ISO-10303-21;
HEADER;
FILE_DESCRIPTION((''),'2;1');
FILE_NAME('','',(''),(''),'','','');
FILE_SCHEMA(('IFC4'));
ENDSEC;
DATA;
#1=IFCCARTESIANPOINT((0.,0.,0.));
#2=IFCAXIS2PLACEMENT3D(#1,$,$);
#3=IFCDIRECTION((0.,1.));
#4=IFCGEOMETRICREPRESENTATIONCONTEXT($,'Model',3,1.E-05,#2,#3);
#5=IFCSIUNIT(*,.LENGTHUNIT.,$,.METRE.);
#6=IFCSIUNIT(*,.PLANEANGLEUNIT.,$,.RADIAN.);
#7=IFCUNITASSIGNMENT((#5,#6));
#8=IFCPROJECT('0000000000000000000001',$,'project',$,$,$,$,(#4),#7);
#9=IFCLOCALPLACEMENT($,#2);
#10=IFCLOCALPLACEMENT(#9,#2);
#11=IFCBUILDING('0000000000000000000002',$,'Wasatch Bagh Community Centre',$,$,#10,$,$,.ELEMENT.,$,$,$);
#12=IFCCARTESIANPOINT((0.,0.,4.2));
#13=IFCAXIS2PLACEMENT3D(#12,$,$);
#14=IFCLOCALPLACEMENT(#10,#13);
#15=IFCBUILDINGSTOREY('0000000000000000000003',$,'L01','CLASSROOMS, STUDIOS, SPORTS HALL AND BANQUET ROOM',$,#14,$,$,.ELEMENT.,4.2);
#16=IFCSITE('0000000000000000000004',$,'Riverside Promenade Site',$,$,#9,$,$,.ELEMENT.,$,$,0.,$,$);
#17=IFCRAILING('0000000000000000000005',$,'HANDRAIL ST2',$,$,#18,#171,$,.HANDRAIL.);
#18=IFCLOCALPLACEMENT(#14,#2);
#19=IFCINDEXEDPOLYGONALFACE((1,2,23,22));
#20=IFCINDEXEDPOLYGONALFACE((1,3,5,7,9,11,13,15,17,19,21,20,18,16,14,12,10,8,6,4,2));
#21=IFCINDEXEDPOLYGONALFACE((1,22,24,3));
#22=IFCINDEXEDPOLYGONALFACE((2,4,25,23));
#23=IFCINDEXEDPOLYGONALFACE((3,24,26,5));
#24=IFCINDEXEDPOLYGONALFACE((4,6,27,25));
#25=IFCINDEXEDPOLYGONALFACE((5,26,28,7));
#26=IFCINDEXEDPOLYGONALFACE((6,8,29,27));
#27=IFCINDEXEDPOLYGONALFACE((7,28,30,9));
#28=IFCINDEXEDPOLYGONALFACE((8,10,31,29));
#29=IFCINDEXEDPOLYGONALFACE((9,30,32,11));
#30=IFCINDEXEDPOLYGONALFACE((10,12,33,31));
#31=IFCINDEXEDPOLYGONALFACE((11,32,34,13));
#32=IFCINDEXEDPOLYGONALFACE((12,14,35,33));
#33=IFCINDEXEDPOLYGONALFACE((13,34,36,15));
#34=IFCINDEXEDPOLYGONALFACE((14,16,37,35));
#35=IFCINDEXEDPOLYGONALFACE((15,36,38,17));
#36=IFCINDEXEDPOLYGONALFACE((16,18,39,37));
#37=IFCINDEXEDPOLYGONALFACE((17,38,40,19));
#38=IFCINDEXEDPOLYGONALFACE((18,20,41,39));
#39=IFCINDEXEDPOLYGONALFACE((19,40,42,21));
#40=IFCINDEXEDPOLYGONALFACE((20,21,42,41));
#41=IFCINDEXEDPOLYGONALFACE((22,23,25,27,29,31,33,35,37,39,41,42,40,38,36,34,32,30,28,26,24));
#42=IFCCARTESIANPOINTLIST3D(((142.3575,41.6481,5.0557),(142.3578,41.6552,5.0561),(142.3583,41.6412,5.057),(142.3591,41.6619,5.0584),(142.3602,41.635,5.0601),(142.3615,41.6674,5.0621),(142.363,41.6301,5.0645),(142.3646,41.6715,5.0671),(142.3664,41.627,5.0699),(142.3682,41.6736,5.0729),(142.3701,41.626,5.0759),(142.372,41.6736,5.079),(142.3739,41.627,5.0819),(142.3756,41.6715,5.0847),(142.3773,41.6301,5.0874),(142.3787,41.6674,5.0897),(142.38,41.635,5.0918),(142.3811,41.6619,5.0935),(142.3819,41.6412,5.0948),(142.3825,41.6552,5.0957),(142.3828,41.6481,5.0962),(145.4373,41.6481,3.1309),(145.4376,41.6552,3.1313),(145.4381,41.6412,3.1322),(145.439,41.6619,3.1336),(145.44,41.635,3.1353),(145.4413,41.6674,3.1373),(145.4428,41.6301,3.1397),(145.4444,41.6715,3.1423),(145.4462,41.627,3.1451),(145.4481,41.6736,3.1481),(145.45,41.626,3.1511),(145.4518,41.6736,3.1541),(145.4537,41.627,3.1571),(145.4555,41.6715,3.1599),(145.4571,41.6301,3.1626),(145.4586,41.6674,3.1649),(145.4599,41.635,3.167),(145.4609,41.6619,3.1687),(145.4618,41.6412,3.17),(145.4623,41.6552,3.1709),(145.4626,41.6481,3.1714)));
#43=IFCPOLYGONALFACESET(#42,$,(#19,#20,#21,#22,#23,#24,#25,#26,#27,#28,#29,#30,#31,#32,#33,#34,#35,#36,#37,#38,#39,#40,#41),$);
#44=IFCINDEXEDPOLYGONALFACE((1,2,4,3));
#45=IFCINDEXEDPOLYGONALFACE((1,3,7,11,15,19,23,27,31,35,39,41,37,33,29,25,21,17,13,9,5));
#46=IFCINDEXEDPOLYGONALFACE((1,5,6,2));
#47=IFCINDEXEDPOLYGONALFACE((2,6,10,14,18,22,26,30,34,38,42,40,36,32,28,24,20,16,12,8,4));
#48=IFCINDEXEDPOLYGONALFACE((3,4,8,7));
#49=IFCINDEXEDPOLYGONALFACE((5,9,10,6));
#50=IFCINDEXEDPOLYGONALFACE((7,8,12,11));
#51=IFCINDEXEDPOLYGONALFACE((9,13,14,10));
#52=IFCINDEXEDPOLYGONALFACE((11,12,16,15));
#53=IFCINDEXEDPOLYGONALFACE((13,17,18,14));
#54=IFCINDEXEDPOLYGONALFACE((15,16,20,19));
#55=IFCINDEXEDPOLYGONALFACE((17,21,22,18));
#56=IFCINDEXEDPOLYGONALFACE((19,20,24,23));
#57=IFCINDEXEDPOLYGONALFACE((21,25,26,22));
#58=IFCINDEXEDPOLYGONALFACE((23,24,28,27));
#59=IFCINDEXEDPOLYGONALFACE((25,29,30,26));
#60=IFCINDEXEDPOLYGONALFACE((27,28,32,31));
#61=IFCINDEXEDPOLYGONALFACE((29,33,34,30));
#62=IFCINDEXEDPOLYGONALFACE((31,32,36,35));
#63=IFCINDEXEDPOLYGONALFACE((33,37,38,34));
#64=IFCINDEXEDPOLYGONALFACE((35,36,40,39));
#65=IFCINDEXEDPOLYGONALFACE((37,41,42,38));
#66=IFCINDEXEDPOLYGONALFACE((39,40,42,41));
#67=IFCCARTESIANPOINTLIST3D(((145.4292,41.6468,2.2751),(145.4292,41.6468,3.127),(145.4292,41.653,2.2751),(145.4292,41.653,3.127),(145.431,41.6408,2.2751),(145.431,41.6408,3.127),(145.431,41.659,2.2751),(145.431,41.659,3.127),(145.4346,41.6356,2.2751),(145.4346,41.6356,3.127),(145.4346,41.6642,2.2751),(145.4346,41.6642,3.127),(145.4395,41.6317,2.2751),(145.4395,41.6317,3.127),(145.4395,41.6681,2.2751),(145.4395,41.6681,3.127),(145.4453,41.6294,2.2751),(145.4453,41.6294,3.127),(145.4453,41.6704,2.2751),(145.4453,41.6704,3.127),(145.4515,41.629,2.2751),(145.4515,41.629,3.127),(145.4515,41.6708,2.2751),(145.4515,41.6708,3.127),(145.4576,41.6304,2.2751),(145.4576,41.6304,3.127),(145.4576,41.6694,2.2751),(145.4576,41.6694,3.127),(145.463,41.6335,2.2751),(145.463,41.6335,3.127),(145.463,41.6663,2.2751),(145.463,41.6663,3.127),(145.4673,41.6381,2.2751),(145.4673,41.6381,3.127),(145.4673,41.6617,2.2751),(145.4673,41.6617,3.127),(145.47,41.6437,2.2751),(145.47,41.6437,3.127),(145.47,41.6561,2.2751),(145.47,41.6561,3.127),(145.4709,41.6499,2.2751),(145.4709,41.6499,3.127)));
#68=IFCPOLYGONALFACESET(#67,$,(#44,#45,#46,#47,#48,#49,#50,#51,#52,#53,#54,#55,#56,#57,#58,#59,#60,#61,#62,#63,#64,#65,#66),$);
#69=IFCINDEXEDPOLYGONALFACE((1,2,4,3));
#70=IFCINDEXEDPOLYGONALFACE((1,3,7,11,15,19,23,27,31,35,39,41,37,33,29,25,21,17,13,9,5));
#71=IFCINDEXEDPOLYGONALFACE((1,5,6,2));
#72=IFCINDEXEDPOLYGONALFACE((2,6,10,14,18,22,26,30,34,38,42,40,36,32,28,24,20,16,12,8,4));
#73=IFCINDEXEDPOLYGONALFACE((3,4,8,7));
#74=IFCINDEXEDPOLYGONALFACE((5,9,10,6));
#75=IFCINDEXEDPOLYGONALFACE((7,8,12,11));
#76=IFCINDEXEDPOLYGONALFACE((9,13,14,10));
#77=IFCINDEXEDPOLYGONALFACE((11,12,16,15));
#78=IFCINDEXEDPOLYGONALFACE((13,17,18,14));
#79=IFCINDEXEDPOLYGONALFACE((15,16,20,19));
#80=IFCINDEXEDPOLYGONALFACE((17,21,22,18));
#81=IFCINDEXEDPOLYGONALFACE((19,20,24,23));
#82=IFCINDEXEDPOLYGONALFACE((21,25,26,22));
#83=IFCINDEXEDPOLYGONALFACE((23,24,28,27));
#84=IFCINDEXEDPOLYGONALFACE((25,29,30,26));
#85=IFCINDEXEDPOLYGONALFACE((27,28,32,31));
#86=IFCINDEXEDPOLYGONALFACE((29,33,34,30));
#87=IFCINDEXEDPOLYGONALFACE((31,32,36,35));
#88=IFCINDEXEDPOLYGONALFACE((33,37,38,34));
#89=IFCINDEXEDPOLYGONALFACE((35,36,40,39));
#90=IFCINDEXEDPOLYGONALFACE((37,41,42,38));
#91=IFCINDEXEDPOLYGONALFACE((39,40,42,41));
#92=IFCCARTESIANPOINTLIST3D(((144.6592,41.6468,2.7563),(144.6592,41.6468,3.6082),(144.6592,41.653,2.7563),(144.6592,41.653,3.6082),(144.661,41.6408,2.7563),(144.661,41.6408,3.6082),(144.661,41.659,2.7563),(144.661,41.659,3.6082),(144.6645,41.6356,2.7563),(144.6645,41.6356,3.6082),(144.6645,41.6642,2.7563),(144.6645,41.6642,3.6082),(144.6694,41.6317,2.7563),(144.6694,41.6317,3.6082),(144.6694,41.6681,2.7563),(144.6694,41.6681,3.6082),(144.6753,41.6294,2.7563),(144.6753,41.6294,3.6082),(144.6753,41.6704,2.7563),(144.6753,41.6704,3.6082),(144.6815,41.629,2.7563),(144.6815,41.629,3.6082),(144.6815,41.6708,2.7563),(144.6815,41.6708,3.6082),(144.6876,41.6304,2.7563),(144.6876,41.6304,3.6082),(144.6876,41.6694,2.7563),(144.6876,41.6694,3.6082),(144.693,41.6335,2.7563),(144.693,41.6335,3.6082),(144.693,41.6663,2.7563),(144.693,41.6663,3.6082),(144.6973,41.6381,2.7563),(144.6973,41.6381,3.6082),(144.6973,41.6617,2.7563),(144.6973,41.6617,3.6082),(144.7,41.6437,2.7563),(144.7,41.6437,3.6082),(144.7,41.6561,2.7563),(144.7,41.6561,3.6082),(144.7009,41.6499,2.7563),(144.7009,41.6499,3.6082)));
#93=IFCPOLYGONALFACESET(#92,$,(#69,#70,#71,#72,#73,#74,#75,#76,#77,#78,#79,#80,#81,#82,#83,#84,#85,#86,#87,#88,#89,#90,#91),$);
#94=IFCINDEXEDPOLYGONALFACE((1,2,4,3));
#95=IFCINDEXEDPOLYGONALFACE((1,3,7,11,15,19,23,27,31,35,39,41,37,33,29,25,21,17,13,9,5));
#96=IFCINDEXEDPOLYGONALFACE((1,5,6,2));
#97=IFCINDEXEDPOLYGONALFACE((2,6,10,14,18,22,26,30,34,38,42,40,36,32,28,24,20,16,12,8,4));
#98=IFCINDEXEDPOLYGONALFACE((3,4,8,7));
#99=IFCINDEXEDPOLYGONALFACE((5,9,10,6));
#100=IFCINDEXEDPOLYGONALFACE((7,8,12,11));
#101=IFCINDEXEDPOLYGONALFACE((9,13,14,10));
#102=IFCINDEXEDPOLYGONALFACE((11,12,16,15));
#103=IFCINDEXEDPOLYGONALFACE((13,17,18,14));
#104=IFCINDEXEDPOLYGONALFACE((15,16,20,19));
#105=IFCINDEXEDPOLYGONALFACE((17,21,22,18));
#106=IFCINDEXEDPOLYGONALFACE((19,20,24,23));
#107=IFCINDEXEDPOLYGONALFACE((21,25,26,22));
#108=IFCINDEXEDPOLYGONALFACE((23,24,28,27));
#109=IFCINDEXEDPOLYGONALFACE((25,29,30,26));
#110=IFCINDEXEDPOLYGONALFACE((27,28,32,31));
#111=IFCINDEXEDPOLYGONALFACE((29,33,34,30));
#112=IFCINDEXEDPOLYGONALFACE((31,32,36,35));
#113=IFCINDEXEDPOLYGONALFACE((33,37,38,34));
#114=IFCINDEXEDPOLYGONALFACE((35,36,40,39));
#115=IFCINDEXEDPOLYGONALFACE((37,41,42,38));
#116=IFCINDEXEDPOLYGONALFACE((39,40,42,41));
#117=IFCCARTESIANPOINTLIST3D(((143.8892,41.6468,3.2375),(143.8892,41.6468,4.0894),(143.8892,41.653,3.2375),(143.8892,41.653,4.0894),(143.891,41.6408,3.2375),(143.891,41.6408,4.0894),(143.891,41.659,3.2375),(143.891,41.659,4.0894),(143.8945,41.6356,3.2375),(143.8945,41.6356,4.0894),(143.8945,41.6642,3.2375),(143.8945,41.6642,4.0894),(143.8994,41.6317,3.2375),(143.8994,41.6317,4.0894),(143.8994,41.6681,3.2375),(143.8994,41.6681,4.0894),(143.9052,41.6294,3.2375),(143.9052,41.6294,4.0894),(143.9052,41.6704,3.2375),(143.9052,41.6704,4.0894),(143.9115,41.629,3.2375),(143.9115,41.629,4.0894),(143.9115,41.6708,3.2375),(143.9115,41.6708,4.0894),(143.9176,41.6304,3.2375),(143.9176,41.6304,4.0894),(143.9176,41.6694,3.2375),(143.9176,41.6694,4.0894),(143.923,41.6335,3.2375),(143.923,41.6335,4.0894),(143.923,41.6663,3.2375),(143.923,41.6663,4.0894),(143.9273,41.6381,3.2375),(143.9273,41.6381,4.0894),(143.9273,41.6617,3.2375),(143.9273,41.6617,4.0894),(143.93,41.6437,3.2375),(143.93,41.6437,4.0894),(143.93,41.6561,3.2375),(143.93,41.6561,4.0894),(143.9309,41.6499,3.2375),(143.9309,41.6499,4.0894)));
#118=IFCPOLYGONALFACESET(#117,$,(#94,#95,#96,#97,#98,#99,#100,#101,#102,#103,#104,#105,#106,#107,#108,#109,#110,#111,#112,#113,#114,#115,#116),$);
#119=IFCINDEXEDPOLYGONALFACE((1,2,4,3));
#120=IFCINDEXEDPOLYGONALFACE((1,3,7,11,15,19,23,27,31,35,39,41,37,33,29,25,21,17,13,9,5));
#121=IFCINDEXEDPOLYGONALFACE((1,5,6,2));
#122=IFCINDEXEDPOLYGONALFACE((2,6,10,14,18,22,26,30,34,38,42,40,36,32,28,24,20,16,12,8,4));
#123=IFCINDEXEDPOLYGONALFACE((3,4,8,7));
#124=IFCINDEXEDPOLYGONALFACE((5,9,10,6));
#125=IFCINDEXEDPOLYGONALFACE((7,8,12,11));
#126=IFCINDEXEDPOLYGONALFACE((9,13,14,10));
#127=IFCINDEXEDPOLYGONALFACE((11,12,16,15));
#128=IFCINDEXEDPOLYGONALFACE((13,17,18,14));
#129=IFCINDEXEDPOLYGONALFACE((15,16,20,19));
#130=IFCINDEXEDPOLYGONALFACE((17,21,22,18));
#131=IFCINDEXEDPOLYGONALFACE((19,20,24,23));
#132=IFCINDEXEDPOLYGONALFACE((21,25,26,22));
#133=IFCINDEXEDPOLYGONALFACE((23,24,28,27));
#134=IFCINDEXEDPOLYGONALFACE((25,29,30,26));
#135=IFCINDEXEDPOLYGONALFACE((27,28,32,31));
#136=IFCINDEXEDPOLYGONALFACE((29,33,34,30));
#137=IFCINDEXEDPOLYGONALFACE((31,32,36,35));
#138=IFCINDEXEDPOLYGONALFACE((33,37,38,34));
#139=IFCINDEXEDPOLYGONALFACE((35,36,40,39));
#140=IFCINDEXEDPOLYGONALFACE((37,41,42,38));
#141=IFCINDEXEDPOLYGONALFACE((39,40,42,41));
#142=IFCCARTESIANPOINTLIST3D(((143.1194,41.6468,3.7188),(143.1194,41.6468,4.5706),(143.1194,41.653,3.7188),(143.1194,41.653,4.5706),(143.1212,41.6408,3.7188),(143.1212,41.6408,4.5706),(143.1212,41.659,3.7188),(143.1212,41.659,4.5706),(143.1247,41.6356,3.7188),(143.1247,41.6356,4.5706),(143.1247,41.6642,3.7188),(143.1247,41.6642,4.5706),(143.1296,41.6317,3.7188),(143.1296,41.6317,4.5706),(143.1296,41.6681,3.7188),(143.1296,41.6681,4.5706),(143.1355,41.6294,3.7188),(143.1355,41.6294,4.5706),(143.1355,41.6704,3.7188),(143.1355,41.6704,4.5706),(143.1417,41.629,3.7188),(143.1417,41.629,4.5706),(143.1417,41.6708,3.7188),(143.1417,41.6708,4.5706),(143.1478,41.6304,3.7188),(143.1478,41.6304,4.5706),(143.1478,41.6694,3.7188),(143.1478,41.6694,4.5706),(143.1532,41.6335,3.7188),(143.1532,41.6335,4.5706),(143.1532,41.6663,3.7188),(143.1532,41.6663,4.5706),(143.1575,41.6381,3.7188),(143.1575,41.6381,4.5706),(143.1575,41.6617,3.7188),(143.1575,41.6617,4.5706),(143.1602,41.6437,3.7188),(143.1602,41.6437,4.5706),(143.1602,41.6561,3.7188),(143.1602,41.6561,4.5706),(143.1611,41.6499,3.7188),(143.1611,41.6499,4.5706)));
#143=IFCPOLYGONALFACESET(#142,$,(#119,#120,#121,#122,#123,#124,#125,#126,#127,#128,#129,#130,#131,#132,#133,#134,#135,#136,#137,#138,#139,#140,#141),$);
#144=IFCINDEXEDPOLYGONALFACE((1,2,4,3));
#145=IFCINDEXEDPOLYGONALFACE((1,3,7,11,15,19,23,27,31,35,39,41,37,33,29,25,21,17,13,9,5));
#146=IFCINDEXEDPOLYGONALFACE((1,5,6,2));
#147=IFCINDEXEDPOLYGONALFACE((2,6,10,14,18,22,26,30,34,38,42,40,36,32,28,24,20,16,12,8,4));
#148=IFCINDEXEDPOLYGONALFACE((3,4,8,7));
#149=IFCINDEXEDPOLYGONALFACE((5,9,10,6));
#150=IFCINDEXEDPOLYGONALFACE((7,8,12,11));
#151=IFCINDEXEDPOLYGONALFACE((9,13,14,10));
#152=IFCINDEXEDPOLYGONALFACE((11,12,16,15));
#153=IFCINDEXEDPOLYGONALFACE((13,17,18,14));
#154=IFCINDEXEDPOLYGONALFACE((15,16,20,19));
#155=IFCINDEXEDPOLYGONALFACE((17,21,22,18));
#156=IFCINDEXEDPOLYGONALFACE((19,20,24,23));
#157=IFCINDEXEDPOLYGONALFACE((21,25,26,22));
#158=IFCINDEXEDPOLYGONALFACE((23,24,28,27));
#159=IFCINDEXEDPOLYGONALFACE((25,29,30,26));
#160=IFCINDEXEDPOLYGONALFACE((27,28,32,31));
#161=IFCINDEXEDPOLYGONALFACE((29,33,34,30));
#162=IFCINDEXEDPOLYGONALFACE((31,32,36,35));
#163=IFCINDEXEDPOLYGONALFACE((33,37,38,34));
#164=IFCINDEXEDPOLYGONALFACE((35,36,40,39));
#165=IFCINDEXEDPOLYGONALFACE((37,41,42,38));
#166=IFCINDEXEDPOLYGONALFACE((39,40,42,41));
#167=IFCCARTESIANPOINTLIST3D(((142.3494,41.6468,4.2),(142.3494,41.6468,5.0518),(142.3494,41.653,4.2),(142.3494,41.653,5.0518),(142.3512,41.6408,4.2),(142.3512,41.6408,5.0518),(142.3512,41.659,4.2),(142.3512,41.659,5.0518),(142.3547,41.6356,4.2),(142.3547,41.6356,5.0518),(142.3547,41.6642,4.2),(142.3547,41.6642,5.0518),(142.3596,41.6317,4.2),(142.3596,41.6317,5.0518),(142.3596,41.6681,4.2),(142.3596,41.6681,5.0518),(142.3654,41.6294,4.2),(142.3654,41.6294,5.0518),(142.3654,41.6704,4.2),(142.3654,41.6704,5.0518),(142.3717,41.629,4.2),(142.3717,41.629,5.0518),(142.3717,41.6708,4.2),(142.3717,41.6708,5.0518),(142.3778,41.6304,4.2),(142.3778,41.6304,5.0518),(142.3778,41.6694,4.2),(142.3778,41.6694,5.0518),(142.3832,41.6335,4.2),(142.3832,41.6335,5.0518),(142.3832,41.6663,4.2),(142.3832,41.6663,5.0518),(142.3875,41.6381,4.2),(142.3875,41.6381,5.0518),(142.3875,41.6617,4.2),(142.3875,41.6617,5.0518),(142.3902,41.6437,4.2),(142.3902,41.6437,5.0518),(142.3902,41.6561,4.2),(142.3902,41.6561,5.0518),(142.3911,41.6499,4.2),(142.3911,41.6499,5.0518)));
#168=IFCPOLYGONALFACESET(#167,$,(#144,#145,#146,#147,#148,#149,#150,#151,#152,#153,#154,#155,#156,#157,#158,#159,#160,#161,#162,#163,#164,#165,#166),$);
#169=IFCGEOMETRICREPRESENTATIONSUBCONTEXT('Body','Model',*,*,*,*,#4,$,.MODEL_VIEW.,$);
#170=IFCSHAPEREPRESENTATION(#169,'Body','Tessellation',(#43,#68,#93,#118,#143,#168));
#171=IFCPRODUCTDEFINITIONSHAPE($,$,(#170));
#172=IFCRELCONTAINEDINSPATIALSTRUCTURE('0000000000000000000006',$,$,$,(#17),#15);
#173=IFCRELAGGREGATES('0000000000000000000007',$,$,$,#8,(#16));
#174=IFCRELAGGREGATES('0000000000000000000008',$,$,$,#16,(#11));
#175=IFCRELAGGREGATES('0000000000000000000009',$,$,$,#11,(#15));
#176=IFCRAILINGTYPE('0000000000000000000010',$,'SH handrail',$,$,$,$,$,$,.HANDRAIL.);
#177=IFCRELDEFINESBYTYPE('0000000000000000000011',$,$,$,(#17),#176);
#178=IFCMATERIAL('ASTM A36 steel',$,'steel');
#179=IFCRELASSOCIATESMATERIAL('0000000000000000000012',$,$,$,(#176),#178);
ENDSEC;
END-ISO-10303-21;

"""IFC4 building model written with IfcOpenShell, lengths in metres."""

from ifc_helpers import new_model, si_unit, direction, frame, origin, origin_2d, place, context, subcontext, project, spatial, circle, extrude, material, type_object, element, save


model = new_model("IFC4")

# Units and contexts
model_context = context("Model", 3, precision=1e-05, world=origin(), true_north=direction((0.0, 1.0)))
body_context = subcontext(model_context, "Body", "Model", "MODEL_VIEW")
ifc_project = project(units=[si_unit("LENGTHUNIT", "METRE"), si_unit("PLANEANGLEUNIT", "RADIAN")], contexts=[model_context])

# Site, building, storey
site_placement = place(None, origin())
site = spatial("IfcSite", under=ifc_project, at=site_placement, Name="Riverside Promenade Site", CompositionType="ELEMENT", RefElevation=0.0)
building_placement = place(site_placement, origin())
building = spatial("IfcBuilding", under=site, at=building_placement, Name="Wasatch Bagh Community Centre", CompositionType="ELEMENT")
storey_placement = place(building_placement, frame((0.0, 0.0, 4.2)))
storey = spatial("IfcBuildingStorey", under=building, at=storey_placement, Name="L01", Description="CLASSROOMS, STUDIOS, SPORTS HALL AND BANQUET ROOM", CompositionType="ELEMENT", Elevation=4.2)

# Railing
ifc_material_1 = material(Name="ASTM A36 steel", Category="steel")
railing_type_1 = type_object("IfcRailingType", Name="SH handrail", PredefinedType="HANDRAIL", material=ifc_material_1)
for number, where, name in (
    (1, (145.45, 41.6499, 2.2751), "HANDRAIL ST2"),
):
    element("IfcRailing", number, at=place(storey_placement, frame(where)), inside=storey, type_object=railing_type_1, Name=name, PredefinedType="HANDRAIL", context=body_context, shape_type="SweptSolid", body=[
        extrude(circle(Radius=0.0239, at=origin_2d()), frame((0.0, 0.0, 0.876), z_axis=(-0.84801, 0.0, 0.529981), x_axis=(0.0, -1.0, 0.0)), (0.0, 0.0, 1.0), 3.6318),
        extrude(circle(Radius=0.021, at=origin_2d()), origin(), (0.0, 0.0, 1.0), 0.8518),
        extrude(circle(Radius=0.021, at=origin_2d()), frame((-0.77, 0.0, 0.4812)), (0.0, 0.0, 1.0), 0.8518),
        extrude(circle(Radius=0.021, at=origin_2d()), frame((-1.54, 0.0, 0.9624)), (0.0, 0.0, 1.0), 0.8518),
        extrude(circle(Radius=0.021, at=origin_2d()), frame((-2.3098, 0.0, 1.4436)), (0.0, 0.0, 1.0), 0.8518),
        extrude(circle(Radius=0.021, at=origin_2d()), frame((-3.0798, 0.0, 1.9248)), (0.0, 0.0, 1.0), 0.8518),
    ])

save(model, "model.ifc")
